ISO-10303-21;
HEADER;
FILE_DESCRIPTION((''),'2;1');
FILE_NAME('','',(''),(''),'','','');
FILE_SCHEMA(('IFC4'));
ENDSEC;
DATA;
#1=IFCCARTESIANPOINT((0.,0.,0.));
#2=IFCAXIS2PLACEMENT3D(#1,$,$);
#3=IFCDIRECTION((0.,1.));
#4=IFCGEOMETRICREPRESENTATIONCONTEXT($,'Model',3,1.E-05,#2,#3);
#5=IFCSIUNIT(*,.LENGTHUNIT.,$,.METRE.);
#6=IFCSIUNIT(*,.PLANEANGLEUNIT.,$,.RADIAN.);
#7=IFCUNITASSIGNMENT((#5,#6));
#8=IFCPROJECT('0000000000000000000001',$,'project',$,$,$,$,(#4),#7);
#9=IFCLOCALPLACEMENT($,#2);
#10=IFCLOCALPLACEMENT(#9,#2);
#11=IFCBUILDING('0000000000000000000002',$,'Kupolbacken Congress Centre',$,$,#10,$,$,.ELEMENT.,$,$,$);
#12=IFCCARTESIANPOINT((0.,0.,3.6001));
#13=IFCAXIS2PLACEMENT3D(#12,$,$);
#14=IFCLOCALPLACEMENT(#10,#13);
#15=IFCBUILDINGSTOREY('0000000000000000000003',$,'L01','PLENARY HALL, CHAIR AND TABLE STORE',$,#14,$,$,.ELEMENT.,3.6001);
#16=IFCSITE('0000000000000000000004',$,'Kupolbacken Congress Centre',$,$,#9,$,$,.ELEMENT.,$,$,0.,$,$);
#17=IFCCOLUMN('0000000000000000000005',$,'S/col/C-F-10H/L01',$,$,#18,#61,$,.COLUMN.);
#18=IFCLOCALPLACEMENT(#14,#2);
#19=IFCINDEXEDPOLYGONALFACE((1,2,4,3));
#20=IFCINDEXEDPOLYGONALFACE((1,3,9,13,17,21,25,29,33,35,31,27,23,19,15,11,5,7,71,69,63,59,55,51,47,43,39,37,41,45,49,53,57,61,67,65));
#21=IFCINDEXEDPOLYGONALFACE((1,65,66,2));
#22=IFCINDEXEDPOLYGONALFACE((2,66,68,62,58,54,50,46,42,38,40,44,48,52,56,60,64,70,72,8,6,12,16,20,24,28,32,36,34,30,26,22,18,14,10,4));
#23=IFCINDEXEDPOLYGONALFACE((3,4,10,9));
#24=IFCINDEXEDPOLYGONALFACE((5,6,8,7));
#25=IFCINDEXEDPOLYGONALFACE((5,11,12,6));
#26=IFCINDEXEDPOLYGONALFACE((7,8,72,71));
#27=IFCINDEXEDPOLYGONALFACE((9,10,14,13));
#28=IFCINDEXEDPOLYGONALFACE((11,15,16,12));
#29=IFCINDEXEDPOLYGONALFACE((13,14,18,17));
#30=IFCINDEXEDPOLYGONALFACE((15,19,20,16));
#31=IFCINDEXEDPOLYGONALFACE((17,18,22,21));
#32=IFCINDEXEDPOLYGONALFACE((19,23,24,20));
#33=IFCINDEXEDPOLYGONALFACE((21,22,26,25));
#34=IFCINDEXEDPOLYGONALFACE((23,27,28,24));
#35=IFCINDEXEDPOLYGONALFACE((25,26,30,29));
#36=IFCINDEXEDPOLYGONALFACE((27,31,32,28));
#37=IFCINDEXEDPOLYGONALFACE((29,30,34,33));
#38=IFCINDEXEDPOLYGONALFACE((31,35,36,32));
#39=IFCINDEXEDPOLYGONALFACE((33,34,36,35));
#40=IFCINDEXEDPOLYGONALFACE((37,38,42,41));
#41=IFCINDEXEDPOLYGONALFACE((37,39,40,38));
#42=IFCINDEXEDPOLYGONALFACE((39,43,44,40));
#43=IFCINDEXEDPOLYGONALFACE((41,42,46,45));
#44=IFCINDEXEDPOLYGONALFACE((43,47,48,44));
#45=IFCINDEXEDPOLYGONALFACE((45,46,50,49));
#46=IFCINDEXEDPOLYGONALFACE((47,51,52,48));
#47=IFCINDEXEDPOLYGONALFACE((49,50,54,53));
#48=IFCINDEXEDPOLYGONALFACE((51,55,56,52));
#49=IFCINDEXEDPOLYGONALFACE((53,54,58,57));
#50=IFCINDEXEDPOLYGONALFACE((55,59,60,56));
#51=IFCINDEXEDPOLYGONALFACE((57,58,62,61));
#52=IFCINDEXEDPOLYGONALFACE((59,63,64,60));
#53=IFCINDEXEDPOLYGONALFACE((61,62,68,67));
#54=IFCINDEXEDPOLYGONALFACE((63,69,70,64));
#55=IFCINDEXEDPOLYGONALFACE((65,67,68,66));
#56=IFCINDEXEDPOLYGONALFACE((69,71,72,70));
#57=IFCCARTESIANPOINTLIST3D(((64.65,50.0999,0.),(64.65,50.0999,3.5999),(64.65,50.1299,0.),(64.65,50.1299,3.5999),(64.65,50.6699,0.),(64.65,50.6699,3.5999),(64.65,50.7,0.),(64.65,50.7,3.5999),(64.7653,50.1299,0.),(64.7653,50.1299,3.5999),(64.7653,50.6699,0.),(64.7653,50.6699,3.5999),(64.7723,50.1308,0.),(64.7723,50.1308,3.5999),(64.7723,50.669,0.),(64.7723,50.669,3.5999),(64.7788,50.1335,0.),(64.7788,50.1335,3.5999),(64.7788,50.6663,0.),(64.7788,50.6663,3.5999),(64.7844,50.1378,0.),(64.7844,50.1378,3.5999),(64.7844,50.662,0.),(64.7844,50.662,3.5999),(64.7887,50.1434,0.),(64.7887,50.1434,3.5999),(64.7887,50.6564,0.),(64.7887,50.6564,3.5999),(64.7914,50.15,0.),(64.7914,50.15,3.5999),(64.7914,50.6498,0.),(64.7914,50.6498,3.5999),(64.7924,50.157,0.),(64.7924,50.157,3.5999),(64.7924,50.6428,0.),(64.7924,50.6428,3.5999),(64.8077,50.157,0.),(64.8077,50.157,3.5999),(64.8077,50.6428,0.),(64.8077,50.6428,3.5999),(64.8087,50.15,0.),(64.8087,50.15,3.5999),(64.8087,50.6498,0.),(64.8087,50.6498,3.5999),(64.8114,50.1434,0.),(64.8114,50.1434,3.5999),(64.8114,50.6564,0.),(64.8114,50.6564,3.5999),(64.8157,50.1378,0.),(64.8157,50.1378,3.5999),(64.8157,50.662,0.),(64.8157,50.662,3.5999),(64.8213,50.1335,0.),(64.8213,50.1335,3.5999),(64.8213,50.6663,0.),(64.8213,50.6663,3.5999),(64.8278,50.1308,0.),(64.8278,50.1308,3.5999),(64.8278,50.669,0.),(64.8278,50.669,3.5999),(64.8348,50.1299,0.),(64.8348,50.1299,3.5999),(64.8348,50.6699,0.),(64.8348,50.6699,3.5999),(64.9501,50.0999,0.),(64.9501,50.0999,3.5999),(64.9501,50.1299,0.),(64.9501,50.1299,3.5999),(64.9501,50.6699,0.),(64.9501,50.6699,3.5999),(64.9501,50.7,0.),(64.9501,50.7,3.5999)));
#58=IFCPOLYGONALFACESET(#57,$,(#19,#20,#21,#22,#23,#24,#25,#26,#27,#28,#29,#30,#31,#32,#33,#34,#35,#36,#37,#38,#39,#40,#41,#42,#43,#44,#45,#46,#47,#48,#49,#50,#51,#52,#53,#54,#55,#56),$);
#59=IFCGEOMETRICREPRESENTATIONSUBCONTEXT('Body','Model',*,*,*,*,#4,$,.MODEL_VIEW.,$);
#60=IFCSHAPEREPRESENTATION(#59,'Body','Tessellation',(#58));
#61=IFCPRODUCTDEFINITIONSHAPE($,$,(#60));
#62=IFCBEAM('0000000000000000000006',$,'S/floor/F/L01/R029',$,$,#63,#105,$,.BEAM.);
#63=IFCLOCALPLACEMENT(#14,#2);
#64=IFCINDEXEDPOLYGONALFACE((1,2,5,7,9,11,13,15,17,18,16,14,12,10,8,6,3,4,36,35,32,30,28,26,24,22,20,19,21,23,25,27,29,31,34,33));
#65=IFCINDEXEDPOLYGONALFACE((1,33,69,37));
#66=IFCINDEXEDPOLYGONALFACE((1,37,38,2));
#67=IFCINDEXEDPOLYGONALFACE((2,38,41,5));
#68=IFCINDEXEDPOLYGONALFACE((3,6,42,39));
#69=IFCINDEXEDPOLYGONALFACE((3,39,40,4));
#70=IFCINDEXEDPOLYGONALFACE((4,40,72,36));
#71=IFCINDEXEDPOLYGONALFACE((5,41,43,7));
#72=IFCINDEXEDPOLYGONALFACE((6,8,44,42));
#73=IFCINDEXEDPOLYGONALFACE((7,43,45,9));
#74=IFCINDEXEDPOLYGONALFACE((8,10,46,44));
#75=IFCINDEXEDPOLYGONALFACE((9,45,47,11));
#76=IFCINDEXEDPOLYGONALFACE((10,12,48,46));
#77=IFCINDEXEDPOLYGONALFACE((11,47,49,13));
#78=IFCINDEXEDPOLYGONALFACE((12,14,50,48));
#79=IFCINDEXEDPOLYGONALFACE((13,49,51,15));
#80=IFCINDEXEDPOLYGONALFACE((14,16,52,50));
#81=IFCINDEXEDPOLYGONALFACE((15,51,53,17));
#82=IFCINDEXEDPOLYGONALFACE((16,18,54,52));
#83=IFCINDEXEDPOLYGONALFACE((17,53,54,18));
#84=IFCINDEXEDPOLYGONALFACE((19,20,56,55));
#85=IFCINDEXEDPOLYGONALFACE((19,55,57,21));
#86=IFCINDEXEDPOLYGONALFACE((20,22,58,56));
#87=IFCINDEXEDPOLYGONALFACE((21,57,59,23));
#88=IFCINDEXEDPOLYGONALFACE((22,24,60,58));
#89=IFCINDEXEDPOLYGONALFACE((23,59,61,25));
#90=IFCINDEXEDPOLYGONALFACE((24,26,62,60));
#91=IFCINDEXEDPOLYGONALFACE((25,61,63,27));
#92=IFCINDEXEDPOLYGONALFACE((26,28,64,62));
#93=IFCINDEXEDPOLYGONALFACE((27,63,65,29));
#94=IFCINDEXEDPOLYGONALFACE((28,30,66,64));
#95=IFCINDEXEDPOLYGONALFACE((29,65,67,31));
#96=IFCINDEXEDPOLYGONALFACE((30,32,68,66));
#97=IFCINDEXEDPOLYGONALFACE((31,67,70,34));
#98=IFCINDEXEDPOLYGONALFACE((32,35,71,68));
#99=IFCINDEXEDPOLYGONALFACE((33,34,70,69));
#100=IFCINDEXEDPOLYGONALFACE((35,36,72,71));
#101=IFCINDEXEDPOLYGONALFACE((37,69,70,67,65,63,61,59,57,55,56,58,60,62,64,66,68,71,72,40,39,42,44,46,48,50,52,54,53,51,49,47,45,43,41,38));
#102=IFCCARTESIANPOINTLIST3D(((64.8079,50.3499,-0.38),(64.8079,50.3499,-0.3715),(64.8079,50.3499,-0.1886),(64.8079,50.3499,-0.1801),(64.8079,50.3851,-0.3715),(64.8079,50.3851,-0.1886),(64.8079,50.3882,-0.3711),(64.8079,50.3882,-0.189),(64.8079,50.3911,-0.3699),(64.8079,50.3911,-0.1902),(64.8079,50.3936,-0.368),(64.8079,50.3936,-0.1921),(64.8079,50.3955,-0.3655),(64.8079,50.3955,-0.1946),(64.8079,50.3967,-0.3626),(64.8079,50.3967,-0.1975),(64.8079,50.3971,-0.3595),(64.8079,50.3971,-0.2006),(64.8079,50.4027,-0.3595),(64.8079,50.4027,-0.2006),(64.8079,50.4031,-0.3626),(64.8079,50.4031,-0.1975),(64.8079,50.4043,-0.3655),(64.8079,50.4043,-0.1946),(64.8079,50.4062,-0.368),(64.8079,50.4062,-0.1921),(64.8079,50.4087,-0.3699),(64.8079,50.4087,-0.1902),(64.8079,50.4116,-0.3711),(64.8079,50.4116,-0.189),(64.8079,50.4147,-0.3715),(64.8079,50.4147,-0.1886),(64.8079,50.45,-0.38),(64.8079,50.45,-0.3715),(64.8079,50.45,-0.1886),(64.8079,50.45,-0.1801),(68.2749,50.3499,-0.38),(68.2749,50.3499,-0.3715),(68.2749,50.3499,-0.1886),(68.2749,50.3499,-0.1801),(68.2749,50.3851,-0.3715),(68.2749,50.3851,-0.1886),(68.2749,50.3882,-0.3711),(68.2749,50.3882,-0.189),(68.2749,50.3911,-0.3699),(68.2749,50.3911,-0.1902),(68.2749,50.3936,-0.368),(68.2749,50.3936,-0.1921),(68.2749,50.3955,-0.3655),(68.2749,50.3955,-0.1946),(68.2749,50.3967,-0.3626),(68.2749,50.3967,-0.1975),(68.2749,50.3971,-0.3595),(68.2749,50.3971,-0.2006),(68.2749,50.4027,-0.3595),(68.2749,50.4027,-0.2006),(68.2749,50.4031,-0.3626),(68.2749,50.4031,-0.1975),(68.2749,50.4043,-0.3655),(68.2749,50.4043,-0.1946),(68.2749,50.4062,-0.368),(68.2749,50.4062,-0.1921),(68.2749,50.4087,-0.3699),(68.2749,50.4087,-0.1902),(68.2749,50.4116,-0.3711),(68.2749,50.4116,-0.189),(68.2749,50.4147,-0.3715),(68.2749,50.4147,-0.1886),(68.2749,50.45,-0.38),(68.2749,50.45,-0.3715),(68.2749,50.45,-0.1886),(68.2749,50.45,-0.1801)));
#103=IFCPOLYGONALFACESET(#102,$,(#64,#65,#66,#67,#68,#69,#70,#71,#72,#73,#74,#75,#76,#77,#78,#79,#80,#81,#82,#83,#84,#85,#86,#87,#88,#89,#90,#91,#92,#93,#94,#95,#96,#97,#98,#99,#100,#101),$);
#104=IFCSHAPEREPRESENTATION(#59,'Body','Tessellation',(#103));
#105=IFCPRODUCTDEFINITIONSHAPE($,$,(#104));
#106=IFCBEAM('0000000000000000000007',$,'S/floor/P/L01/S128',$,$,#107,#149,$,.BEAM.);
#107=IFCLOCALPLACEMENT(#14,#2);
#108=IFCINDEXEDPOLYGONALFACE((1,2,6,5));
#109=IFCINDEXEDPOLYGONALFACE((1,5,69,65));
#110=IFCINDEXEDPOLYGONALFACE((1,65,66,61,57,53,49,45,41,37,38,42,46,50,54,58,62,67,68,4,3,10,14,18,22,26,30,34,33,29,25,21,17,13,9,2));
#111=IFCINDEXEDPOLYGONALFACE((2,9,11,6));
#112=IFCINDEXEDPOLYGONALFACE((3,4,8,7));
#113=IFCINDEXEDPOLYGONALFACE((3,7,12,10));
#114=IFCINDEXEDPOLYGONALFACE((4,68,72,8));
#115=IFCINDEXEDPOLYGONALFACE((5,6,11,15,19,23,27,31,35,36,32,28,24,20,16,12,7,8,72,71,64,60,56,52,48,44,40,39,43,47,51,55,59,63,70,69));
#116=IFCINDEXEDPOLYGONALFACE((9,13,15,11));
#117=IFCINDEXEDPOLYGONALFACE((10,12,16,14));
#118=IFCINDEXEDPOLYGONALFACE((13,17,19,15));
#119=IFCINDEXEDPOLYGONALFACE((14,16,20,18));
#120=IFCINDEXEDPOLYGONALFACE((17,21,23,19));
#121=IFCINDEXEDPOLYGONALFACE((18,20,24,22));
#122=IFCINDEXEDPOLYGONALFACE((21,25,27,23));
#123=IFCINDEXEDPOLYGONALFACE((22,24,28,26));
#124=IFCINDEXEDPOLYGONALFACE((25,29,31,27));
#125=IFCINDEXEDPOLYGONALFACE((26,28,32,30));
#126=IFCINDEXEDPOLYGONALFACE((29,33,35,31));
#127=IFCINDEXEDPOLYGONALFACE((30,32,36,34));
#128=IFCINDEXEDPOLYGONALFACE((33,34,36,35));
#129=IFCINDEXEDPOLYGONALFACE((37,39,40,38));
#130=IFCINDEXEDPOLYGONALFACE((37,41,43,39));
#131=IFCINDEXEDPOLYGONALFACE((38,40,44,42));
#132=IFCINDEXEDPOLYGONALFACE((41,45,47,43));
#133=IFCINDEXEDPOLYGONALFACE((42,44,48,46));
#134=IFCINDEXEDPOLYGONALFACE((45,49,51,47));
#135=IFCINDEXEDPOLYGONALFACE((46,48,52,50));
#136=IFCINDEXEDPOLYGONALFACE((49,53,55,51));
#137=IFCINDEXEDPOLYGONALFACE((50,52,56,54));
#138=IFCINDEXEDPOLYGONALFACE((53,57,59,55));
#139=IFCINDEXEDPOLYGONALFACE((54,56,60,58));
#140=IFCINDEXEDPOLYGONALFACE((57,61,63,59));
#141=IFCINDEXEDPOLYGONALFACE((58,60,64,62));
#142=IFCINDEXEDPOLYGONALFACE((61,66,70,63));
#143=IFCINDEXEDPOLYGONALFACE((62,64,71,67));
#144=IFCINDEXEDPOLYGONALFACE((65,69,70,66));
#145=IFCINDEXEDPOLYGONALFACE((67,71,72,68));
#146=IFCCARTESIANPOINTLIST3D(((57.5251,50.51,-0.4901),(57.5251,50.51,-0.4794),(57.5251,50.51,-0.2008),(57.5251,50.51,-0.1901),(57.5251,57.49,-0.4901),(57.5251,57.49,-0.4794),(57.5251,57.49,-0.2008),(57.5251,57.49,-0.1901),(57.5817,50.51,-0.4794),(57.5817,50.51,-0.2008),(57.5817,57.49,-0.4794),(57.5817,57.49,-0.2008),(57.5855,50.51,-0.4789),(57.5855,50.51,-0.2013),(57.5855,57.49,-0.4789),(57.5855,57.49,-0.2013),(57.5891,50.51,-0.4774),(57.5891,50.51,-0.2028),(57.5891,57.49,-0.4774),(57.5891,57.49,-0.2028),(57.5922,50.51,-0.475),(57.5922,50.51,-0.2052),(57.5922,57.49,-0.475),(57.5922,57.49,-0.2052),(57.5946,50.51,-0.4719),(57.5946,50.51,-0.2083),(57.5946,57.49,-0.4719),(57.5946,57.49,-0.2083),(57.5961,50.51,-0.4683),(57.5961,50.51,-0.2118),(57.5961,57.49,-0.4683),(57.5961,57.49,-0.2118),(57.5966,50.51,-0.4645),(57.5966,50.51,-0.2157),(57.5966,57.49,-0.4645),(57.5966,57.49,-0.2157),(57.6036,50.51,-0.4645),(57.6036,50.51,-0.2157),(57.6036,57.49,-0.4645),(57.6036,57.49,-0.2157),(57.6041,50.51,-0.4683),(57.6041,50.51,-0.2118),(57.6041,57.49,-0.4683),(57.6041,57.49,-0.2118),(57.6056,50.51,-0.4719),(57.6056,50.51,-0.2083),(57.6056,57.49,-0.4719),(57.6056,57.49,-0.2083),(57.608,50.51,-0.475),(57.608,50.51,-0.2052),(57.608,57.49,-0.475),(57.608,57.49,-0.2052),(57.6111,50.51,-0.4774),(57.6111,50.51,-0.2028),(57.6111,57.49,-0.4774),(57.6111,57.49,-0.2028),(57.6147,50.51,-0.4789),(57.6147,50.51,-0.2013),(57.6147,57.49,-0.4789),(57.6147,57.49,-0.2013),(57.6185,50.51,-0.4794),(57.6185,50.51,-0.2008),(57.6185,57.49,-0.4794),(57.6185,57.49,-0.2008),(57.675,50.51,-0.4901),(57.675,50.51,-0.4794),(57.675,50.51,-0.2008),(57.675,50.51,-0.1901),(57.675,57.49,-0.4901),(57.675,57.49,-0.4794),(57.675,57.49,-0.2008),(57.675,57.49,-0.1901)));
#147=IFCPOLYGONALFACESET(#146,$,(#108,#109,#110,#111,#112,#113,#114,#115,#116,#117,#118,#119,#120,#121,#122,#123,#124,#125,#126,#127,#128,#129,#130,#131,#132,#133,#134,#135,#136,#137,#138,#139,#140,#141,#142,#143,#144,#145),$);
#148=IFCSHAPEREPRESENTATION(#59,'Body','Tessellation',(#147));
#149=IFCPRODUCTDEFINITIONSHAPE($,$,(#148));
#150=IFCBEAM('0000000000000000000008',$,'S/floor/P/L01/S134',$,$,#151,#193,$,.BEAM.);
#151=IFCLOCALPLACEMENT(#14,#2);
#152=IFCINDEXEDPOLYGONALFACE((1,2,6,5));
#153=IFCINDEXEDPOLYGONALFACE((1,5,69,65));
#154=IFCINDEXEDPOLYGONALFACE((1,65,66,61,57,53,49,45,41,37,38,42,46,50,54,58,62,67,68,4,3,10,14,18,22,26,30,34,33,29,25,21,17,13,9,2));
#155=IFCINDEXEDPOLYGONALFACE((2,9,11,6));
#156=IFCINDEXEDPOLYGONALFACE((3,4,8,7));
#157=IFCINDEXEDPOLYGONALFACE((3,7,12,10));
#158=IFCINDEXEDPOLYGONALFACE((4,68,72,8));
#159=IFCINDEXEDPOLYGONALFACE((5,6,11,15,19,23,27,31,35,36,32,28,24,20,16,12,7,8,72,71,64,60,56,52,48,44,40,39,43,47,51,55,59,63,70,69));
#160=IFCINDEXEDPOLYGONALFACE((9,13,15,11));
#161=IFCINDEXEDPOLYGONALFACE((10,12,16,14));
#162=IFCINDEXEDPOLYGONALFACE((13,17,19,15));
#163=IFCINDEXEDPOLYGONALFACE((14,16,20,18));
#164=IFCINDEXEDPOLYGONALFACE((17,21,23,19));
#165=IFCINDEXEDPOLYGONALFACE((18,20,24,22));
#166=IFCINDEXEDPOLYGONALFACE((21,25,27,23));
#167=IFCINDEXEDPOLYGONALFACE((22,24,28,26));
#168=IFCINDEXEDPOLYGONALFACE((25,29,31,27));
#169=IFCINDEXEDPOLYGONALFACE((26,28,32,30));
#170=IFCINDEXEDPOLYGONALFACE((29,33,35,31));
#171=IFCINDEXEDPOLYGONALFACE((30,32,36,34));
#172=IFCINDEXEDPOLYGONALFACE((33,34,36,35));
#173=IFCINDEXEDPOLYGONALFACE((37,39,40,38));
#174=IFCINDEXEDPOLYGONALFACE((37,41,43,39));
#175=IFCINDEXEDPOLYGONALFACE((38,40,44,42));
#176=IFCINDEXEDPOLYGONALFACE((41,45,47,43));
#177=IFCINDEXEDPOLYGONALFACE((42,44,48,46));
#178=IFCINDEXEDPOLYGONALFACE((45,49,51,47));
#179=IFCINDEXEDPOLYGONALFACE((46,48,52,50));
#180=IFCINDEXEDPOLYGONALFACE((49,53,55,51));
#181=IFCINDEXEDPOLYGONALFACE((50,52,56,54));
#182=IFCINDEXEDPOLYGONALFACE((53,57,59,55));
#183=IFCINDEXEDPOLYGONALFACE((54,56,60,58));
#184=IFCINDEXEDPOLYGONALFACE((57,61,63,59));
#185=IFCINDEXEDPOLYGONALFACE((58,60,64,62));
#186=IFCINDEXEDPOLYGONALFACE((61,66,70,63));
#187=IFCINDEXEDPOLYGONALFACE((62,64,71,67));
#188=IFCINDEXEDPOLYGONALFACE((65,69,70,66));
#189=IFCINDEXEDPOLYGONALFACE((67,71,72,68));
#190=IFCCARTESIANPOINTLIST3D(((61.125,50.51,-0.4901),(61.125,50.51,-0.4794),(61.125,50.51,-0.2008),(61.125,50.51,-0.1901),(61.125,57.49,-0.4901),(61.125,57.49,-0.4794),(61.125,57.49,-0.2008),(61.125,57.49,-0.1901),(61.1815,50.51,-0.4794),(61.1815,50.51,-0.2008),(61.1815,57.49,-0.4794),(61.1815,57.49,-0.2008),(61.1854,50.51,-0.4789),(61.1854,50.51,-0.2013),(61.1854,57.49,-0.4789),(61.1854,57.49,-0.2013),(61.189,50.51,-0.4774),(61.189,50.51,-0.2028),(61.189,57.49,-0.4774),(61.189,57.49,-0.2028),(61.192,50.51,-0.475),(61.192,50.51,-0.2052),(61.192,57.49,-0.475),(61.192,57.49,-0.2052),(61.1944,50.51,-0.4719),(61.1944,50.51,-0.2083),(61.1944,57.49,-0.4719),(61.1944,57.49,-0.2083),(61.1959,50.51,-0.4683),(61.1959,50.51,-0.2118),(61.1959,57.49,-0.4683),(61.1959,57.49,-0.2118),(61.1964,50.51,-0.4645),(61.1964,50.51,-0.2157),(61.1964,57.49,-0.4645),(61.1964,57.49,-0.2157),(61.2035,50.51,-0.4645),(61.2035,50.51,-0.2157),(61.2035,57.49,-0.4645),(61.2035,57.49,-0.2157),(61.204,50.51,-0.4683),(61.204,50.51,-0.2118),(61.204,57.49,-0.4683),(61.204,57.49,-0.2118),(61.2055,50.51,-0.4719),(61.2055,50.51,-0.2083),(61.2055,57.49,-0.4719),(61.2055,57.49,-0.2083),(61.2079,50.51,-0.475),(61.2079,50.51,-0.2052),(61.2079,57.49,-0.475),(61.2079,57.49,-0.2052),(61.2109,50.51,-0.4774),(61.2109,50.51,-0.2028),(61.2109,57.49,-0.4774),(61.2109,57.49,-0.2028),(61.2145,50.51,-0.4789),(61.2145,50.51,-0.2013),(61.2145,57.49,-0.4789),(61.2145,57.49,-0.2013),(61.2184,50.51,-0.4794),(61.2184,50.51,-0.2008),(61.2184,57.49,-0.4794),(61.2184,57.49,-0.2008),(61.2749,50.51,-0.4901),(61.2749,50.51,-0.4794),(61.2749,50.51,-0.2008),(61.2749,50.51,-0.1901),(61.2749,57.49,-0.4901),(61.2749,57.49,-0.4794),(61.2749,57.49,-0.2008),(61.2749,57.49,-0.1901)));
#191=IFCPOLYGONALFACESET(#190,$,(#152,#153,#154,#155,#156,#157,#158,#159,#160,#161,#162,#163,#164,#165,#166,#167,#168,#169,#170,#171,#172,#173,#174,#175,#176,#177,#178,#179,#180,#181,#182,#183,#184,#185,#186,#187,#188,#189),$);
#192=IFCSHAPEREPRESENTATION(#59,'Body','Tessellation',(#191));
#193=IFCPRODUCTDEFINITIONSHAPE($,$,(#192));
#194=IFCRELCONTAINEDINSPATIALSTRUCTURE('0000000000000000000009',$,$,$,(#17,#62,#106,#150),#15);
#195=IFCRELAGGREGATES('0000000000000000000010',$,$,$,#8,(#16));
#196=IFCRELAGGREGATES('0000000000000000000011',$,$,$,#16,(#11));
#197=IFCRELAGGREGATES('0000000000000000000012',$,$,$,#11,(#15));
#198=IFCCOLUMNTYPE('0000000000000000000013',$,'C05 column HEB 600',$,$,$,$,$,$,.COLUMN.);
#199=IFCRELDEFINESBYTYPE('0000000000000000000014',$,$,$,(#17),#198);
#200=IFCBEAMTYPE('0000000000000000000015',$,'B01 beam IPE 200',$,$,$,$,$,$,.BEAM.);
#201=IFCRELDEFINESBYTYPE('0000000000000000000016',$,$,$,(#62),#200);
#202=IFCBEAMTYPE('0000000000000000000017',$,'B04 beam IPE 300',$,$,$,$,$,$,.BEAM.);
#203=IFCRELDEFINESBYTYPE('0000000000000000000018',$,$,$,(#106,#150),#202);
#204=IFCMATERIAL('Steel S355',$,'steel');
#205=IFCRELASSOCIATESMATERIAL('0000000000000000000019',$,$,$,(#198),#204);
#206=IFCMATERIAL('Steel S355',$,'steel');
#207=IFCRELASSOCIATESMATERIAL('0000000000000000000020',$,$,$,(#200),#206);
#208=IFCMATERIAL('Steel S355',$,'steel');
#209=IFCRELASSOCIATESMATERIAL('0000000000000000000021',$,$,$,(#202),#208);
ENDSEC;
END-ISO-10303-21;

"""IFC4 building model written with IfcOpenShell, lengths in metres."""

from ifc_helpers import new_model, si_unit, direction, frame, origin, origin_2d, place, context, subcontext, project, spatial, i_section, extrude, material, material_profile, profile_set, type_object, element, save


model = new_model("IFC4")

# Units and contexts
model_context = context("Model", 3, precision=1e-05, world=origin(), true_north=direction((0.0, 1.0)))
body_context = subcontext(model_context, "Body", "Model", "MODEL_VIEW")
ifc_project = project(units=[si_unit("LENGTHUNIT", "METRE"), si_unit("PLANEANGLEUNIT", "RADIAN")], contexts=[model_context])

# Site, building, storey
site_placement = place(None, origin())
site = spatial("IfcSite", under=ifc_project, at=site_placement, Name="Kupolbacken Congress Centre", CompositionType="ELEMENT", RefElevation=0.0)
building_placement = place(site_placement, origin())
building = spatial("IfcBuilding", under=site, at=building_placement, Name="Kupolbacken Congress Centre", CompositionType="ELEMENT")
storey_placement = place(building_placement, frame((0.0, 0.0, 3.6001)))
storey = spatial("IfcBuildingStorey", under=building, at=storey_placement, Name="L01", Description="PLENARY HALL, CHAIR AND TABLE STORE", CompositionType="ELEMENT", Elevation=3.6001)

# Column
ifc_material_1 = material(Name="Steel S355", Category="steel")
ifc_material_profile_1 = material_profile(ifc_material_1, i_section(OverallWidth=0.3, OverallDepth=0.6001, WebThickness=0.0154, FlangeThickness=0.03, FilletRadius=0.0271, at=origin_2d()), Name="HEB 600")
ifc_profile_set_1 = profile_set([ifc_material_profile_1], Name="Steel S355")
column_type = type_object("IfcColumnType", Name="C05 column HEB 600", PredefinedType="COLUMN", material=ifc_profile_set_1)
column_placement = place(storey_placement, frame((64.8, 50.3999, 0.0), z_axis=(0.0, 0.0, 1.0), x_axis=(1.0, 0.0, 0.0)))
element("IfcColumn", 1, at=column_placement, inside=storey, type_object=column_type, Name="S/col/C-F-10H/L01", PredefinedType="COLUMN", context=body_context, shape_type="SweptSolid", body=[
    extrude(i_section(OverallWidth=0.3, OverallDepth=0.6001, WebThickness=0.0154, FlangeThickness=0.03, FilletRadius=0.0271, at=origin_2d()), origin(), (0.0, 0.0, 1.0), 3.5999),
])

# Beams
ifc_material_2 = material(Name="Steel S355", Category="steel")
ifc_material_profile_2 = material_profile(ifc_material_2, i_section(OverallWidth=0.1001, OverallDepth=0.2, WebThickness=0.0056, FlangeThickness=0.0085, FilletRadius=0.012, at=origin_2d()), Name="IPE 200")
ifc_profile_set_2 = profile_set([ifc_material_profile_2], Name="Steel S355")
beam_type_1 = type_object("IfcBeamType", Name="B01 beam IPE 200", PredefinedType="BEAM", material=ifc_profile_set_2)
beam_placement = place(storey_placement, frame((64.8079, 50.3999, -0.28), z_axis=(1.0, 0.0, 0.0), x_axis=(0.0, 1.0, 0.0)))
element("IfcBeam", 2, at=beam_placement, inside=storey, type_object=beam_type_1, Name="S/floor/F/L01/R029", PredefinedType="BEAM", context=body_context, shape_type="SweptSolid", body=[
    extrude(i_section(OverallWidth=0.1001, OverallDepth=0.2, WebThickness=0.0056, FlangeThickness=0.0085, FilletRadius=0.012, at=origin_2d()), origin(), (0.0, 0.0, 1.0), 3.467),
])
ifc_material_3 = material(Name="Steel S355", Category="steel")
ifc_material_profile_3 = material_profile(ifc_material_3, i_section(OverallWidth=0.1499, OverallDepth=0.3, WebThickness=0.0071, FlangeThickness=0.0107, FilletRadius=0.0149, at=origin_2d()), Name="IPE 300")
ifc_profile_set_3 = profile_set([ifc_material_profile_3], Name="Steel S355")
beam_type_2 = type_object("IfcBeamType", Name="B04 beam IPE 300", PredefinedType="BEAM", material=ifc_profile_set_3)
for number, where, z_axis, x_axis, name in (
    (3, (57.6001, 50.51, -0.3401), (0.0, 1.0, 0.0), (-1.0, 0.0, 0.0), "S/floor/P/L01/S128"),
    (4, (61.2, 50.51, -0.3401), (0.0, 1.0, 0.0), (-1.0, 0.0, 0.0), "S/floor/P/L01/S134"),
):
    element("IfcBeam", number, at=place(storey_placement, frame(where, z_axis=z_axis, x_axis=x_axis)), inside=storey, type_object=beam_type_2, Name=name, PredefinedType="BEAM", context=body_context, shape_type="SweptSolid", body=[
        extrude(i_section(OverallWidth=0.1499, OverallDepth=0.3, WebThickness=0.0071, FlangeThickness=0.0107, FilletRadius=0.0149, at=origin_2d()), origin(), (0.0, 0.0, 1.0), 6.98),
    ])

save(model, "model.ifc")
